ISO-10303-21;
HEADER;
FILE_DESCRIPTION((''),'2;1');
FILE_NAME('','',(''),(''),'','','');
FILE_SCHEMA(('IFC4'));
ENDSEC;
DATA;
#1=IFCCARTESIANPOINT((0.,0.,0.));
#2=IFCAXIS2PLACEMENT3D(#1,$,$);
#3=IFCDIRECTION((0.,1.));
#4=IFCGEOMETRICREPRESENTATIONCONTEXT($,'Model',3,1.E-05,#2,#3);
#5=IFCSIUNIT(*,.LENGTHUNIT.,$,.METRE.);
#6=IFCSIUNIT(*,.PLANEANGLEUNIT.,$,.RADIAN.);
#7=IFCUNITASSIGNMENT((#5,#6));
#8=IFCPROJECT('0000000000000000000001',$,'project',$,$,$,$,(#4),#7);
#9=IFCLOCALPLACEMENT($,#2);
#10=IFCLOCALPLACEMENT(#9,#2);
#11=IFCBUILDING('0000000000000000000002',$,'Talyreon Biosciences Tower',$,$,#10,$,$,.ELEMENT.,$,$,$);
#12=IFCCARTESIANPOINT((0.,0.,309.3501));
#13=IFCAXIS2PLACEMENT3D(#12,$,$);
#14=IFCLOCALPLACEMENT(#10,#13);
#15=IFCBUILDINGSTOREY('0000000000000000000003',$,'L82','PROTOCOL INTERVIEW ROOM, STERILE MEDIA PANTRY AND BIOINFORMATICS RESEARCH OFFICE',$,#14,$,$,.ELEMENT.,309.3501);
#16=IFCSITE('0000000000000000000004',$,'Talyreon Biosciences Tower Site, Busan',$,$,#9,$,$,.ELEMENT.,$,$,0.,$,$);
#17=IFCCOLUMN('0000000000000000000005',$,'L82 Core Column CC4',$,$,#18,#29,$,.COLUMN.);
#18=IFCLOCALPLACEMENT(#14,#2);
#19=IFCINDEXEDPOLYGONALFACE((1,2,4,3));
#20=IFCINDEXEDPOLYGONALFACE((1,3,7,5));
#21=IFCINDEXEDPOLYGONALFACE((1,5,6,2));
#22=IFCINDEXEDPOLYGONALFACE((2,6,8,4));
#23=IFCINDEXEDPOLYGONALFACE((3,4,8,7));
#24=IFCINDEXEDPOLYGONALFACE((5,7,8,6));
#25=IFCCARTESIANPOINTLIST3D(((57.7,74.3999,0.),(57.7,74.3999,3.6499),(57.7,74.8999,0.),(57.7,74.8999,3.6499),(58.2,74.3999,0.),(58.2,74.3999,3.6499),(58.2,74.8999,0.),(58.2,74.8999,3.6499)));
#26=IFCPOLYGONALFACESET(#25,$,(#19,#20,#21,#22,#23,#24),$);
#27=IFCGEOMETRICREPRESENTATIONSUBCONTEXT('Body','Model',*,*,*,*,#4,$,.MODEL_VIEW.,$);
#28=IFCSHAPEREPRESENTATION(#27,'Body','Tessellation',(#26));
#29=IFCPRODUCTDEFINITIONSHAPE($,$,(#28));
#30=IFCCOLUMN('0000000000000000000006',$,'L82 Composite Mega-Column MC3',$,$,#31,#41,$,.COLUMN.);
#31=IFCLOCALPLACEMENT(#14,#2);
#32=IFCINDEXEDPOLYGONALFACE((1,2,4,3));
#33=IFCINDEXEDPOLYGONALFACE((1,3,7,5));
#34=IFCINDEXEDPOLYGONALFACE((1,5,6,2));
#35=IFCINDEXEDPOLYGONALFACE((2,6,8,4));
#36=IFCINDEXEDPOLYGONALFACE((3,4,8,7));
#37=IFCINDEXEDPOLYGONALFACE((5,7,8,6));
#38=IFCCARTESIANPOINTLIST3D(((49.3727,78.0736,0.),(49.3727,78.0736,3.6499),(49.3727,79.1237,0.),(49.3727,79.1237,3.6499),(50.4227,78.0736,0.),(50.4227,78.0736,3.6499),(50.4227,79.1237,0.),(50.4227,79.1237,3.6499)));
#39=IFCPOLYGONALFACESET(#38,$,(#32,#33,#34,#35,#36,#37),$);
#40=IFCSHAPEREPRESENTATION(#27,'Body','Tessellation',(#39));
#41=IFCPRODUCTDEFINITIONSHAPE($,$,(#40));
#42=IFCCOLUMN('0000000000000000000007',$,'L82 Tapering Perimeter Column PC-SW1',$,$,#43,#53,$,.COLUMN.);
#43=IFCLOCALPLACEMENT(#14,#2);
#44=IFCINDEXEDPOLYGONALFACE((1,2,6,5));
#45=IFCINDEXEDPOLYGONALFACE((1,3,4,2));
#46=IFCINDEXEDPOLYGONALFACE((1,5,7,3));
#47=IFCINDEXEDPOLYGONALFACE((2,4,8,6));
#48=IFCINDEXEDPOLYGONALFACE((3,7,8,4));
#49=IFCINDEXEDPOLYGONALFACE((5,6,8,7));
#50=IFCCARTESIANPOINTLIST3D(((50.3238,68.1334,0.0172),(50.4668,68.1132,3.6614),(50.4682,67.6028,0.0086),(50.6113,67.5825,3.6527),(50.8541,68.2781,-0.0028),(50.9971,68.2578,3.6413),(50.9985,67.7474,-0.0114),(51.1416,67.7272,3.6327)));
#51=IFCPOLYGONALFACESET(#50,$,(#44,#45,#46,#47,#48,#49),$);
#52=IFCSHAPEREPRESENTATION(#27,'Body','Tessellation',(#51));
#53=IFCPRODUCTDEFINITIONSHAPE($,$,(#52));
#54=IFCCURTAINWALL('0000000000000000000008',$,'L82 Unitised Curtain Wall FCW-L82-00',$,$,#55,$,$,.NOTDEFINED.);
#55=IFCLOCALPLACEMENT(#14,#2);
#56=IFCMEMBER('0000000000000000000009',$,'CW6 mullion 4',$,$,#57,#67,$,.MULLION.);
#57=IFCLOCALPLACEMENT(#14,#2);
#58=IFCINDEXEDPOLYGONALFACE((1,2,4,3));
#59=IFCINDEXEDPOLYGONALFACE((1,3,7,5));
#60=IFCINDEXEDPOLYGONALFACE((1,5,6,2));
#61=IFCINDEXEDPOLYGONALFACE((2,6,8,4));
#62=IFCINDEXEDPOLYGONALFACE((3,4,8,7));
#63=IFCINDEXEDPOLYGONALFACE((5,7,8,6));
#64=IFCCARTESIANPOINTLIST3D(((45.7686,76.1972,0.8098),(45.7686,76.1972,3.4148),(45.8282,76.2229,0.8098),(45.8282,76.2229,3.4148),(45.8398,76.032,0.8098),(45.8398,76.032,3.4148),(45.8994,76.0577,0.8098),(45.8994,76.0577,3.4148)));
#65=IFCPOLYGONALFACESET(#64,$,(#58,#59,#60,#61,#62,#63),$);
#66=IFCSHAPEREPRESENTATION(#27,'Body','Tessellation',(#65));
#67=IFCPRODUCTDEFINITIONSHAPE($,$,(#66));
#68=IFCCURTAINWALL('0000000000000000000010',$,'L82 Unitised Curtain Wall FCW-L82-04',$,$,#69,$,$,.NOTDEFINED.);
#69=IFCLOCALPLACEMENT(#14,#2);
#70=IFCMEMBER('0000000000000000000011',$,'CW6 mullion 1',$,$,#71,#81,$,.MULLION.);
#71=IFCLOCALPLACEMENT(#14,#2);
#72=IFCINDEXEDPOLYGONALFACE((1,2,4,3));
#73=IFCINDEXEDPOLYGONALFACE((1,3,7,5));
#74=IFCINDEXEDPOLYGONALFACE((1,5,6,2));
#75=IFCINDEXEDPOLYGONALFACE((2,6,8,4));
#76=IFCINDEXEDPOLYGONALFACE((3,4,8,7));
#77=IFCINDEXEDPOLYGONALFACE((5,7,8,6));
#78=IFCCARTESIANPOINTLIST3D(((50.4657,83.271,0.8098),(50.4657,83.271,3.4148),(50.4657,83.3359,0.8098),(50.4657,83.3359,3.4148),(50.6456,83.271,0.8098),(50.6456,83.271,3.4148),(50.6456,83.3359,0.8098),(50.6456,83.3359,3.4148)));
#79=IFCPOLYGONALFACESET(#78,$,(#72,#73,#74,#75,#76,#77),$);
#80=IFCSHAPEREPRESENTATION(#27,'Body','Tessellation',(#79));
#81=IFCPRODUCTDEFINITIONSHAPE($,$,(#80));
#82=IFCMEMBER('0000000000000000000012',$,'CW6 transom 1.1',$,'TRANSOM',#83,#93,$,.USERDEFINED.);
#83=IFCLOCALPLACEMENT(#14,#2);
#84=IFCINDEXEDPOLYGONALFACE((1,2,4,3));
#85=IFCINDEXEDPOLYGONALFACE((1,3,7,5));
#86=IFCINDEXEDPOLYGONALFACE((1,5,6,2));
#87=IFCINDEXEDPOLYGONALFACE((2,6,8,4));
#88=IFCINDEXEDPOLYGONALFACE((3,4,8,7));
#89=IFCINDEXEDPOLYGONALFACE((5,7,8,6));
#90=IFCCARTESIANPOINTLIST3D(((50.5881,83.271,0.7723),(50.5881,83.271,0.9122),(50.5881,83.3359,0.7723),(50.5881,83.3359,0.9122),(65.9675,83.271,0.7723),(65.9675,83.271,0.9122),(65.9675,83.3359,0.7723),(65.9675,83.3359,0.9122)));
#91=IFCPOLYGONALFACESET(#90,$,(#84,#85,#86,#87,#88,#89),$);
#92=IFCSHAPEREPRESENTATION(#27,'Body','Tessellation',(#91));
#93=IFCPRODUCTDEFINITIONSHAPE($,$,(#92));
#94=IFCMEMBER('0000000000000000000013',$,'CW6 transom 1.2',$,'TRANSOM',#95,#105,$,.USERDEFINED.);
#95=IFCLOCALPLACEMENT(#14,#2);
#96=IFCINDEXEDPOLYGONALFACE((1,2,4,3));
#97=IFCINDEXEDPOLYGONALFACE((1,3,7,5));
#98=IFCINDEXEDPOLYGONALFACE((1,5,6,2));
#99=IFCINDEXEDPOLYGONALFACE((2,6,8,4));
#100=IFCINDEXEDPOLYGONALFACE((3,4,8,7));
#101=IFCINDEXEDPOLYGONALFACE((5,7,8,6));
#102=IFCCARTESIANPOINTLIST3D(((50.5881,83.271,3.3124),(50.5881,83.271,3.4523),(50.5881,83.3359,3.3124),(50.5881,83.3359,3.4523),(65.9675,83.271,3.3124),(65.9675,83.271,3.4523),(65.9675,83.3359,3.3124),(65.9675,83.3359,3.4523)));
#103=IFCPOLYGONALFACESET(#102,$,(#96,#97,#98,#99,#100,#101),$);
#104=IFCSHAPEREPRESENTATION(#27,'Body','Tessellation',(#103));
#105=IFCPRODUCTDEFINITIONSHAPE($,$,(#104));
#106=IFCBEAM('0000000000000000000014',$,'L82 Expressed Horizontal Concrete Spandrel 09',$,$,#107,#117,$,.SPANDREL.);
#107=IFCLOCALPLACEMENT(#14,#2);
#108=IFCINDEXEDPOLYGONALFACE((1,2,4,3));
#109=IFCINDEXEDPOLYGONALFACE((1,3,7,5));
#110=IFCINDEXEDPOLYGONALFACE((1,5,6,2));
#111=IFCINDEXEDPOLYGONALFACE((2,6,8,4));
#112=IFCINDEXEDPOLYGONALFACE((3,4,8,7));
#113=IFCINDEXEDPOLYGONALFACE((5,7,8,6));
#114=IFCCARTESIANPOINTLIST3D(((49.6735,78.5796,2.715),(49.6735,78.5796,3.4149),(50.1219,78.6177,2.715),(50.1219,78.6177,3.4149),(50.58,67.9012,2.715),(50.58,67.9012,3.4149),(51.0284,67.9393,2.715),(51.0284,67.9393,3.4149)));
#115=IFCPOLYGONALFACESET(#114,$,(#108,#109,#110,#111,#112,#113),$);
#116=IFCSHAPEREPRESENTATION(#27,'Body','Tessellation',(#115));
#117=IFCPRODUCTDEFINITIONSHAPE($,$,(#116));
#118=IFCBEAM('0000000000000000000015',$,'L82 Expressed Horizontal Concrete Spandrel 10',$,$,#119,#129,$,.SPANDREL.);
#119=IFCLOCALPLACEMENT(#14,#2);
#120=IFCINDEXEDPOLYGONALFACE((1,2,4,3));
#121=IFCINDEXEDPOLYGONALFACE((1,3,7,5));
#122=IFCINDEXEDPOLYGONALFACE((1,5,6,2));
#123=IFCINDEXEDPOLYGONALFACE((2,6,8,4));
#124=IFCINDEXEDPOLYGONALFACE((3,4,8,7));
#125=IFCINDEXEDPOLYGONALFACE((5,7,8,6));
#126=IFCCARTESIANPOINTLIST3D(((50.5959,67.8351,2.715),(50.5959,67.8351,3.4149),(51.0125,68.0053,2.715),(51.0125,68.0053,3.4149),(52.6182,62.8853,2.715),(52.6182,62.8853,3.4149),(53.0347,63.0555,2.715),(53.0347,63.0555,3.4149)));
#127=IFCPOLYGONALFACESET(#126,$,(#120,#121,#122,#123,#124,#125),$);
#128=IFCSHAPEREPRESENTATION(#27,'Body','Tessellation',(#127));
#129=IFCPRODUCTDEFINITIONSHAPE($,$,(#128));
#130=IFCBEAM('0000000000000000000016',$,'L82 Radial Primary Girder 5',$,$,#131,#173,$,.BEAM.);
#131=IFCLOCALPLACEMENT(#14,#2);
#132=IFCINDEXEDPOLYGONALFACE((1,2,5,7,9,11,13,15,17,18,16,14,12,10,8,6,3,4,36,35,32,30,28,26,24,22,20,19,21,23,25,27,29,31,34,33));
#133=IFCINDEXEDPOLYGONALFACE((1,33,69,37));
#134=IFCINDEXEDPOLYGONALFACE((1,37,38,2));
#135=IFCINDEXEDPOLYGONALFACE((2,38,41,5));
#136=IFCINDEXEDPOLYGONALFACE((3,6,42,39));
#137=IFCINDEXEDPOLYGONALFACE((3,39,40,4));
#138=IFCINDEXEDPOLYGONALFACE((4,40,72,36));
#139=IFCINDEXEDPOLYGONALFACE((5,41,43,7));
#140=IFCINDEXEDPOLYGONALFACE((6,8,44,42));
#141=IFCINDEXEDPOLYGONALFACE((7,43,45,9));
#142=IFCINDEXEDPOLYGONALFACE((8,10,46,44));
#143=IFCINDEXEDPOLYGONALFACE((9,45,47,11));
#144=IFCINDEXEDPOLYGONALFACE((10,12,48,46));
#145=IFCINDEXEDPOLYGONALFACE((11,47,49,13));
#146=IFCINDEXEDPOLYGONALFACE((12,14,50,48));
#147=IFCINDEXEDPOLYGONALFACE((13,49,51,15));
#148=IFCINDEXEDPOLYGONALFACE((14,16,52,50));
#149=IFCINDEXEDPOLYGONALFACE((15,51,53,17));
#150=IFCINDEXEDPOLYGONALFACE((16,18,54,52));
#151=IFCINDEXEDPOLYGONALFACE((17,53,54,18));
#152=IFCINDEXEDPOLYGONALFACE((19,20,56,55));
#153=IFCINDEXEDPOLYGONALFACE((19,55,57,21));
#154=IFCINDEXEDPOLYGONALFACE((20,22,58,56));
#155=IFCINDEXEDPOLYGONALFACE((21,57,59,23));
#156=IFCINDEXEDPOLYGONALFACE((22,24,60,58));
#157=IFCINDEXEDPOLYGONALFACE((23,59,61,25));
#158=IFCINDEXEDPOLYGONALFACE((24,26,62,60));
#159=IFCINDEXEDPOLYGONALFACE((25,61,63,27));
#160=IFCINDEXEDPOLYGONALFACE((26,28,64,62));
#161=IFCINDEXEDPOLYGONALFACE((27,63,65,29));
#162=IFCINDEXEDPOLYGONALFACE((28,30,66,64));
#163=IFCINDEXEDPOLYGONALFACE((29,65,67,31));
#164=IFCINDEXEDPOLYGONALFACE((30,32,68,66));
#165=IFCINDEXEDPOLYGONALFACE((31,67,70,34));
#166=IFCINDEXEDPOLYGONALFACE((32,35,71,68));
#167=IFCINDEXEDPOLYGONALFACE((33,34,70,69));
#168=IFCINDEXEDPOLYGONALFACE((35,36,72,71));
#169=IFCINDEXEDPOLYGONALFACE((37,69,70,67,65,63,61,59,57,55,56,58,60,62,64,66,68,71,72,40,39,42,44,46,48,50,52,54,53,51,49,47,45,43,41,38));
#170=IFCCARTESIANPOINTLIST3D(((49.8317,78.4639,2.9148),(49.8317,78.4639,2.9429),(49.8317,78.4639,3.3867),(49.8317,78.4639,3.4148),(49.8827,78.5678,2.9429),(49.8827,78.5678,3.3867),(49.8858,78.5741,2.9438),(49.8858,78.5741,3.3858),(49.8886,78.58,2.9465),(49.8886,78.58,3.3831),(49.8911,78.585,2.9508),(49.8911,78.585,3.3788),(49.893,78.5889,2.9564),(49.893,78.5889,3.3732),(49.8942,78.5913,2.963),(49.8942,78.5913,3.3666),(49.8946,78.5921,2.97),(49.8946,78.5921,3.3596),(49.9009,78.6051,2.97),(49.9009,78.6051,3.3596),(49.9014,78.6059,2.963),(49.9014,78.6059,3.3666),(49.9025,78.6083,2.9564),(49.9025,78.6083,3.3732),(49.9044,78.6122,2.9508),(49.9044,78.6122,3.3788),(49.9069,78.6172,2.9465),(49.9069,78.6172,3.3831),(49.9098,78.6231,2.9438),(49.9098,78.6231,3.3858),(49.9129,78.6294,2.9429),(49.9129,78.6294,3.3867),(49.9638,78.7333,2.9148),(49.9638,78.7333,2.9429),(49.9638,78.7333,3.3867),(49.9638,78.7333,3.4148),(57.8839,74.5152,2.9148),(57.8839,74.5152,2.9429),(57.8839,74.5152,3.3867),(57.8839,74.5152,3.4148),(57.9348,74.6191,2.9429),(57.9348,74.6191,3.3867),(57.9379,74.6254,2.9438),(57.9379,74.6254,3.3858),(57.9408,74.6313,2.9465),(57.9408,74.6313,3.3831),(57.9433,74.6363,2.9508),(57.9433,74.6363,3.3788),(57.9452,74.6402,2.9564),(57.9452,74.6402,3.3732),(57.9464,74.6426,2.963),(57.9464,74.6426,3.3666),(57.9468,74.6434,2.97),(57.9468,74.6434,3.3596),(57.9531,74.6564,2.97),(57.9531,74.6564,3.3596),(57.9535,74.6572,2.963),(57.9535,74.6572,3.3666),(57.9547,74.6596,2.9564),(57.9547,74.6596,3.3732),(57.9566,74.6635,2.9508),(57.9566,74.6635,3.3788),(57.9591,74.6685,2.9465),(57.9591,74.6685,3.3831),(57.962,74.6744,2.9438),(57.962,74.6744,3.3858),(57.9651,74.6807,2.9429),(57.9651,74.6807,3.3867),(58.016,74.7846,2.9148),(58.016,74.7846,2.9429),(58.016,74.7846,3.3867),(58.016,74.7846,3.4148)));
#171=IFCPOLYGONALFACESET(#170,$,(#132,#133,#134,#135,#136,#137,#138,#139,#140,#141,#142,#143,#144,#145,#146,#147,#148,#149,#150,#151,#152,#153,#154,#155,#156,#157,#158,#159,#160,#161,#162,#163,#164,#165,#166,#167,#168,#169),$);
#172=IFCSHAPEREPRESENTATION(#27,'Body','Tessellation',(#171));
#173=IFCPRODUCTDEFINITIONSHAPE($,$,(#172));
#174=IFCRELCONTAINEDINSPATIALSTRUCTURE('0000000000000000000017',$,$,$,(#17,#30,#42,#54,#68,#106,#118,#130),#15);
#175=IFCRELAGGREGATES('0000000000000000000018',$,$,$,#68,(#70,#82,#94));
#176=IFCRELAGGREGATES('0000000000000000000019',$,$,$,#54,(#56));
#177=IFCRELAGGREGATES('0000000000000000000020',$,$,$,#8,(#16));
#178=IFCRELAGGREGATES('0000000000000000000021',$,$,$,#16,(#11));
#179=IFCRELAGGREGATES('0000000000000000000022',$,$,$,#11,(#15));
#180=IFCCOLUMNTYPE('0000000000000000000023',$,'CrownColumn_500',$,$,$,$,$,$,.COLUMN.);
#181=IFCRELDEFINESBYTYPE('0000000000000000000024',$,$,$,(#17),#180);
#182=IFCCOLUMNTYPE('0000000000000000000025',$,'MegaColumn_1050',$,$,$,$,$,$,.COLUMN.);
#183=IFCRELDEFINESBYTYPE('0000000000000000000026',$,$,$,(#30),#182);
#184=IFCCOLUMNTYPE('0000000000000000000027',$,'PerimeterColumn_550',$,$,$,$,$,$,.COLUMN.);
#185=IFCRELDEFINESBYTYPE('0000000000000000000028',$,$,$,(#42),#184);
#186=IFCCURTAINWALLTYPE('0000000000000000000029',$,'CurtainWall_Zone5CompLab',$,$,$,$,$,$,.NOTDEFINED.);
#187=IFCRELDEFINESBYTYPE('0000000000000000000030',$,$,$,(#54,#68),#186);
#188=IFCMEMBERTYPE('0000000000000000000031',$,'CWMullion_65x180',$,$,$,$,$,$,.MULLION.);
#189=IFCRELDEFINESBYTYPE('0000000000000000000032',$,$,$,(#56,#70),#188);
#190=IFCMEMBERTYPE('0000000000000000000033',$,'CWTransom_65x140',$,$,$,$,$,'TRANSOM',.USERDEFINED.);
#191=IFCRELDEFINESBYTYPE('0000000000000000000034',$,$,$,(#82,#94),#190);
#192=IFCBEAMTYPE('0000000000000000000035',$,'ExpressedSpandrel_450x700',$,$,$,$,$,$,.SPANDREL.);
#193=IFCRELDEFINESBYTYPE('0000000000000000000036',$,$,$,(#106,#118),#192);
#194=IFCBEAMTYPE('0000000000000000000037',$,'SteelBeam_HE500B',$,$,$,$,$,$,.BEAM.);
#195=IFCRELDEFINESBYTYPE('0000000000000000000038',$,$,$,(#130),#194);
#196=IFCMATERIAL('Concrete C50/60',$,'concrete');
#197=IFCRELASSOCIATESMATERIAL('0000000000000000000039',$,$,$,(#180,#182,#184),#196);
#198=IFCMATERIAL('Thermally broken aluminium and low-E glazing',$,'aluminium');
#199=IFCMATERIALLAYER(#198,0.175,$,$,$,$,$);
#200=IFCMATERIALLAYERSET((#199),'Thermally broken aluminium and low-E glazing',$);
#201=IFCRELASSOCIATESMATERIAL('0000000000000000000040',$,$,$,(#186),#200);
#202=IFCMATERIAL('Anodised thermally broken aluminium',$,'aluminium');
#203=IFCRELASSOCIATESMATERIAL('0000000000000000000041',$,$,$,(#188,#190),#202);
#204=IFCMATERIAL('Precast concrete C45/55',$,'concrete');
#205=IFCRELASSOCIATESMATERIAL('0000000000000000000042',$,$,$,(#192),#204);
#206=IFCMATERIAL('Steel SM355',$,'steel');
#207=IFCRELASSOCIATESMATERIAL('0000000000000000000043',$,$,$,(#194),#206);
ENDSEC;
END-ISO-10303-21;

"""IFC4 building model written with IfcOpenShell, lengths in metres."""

from ifc_helpers import new_model, si_unit, direction, frame, origin, origin_2d, place, context, subcontext, project, spatial, rectangle, i_section, extrude, material, layer, layer_set, material_profile, profile_set, type_object, element, aggregate, save


model = new_model("IFC4")

# Units and contexts
model_context = context("Model", 3, precision=1e-05, world=origin(), true_north=direction((0.0, 1.0)))
body_context = subcontext(model_context, "Body", "Model", "MODEL_VIEW")
ifc_project = project(units=[si_unit("LENGTHUNIT", "METRE"), si_unit("PLANEANGLEUNIT", "RADIAN")], contexts=[model_context])

# Site, building, storey
site_placement = place(None, origin())
site = spatial("IfcSite", under=ifc_project, at=site_placement, Name="Talyreon Biosciences Tower Site, Busan", CompositionType="ELEMENT", RefElevation=0.0)
building_placement = place(site_placement, origin())
building = spatial("IfcBuilding", under=site, at=building_placement, Name="Talyreon Biosciences Tower", CompositionType="ELEMENT")
storey_placement = place(building_placement, frame((0.0, 0.0, 309.3501)))
storey = spatial("IfcBuildingStorey", under=building, at=storey_placement, Name="L82", Description="PROTOCOL INTERVIEW ROOM, STERILE MEDIA PANTRY AND BIOINFORMATICS RESEARCH OFFICE", CompositionType="ELEMENT", Elevation=309.3501)

# Columns
ifc_material_1 = material(Name="Concrete C50/60", Category="concrete")
ifc_material_profile_1 = material_profile(ifc_material_1, rectangle(XDim=0.5, YDim=0.5, at=origin_2d()), Name="RC 500x500")
ifc_profile_set_1 = profile_set([ifc_material_profile_1], Name="Concrete C50/60")
column_type_1 = type_object("IfcColumnType", Name="CrownColumn_500", PredefinedType="COLUMN", material=ifc_profile_set_1)
column_1_placement = place(storey_placement, frame((57.95, 74.6499, 0.0), z_axis=(0.0, 0.0, 1.0), x_axis=(1.0, 0.0, 0.0)))
element("IfcColumn", 1, at=column_1_placement, inside=storey, type_object=column_type_1, Name="L82 Core Column CC4", PredefinedType="COLUMN", context=body_context, shape_type="SweptSolid", body=[
    extrude(rectangle(XDim=0.5, YDim=0.5, at=origin_2d()), origin(), (0.0, 0.0, 1.0), 3.6499),
])
ifc_material_profile_2 = material_profile(ifc_material_1, rectangle(XDim=1.05, YDim=1.05, at=origin_2d()), Name="RC 1050x1050")
ifc_profile_set_2 = profile_set([ifc_material_profile_2], Name="Concrete C50/60")
column_type_2 = type_object("IfcColumnType", Name="MegaColumn_1050", PredefinedType="COLUMN", material=ifc_profile_set_2)
column_2_placement = place(storey_placement, frame((49.8977, 78.5986, 0.0), z_axis=(0.0, 0.0, 1.0), x_axis=(1.0, 0.0, 0.0)))
element("IfcColumn", 2, at=column_2_placement, inside=storey, type_object=column_type_2, Name="L82 Composite Mega-Column MC3", PredefinedType="COLUMN", context=body_context, shape_type="SweptSolid", body=[
    extrude(rectangle(XDim=1.05, YDim=1.05, at=origin_2d()), origin(), (0.0, 0.0, 1.0), 3.6499),
])
ifc_material_profile_3 = material_profile(ifc_material_1, rectangle(XDim=0.55, YDim=0.55, at=origin_2d()), Name="RC 550x550")
ifc_profile_set_3 = profile_set([ifc_material_profile_3], Name="Concrete C50/60")
column_type_3 = type_object("IfcColumnType", Name="PerimeterColumn_550", PredefinedType="COLUMN", material=ifc_profile_set_3)
column_3_placement = place(storey_placement, frame((50.6611, 67.9404, 0.0029), z_axis=(0.03923, -0.005556, 0.999215), x_axis=(0.964113, 0.262987, -0.036389)))
element("IfcColumn", 3, at=column_3_placement, inside=storey, type_object=column_type_3, Name="L82 Tapering Perimeter Column PC-SW1", PredefinedType="COLUMN", context=body_context, shape_type="SweptSolid", body=[
    extrude(rectangle(XDim=0.55, YDim=0.55, at=origin_2d()), origin(), (0.0, 0.0, 1.0), 3.647),
])

# Curtain wall, member
ifc_material_2 = material(Name="Thermally broken aluminium and low-E glazing", Category="aluminium")
ifc_layer_1 = layer(ifc_material_2, 0.175)
ifc_layer_set_1 = layer_set([ifc_layer_1], Name="Thermally broken aluminium and low-E glazing")
curtain_wall_type = type_object("IfcCurtainWallType", Name="CurtainWall_Zone5CompLab", PredefinedType="NOTDEFINED", material=ifc_layer_set_1)
curtain_wall_1_placement = place(storey_placement, origin())
curtain_wall_1 = element("IfcCurtainWall", 4, at=curtain_wall_1_placement, inside=storey, type_object=curtain_wall_type, Name="L82 Unitised Curtain Wall FCW-L82-00", PredefinedType="NOTDEFINED")
ifc_material_3 = material(Name="Anodised thermally broken aluminium", Category="aluminium")
ifc_material_profile_4 = material_profile(ifc_material_3, rectangle(XDim=0.0649, YDim=0.1799, at=origin_2d()), Name="ALUM MULLION 65x180")
ifc_profile_set_4 = profile_set([ifc_material_profile_4], Name="Anodised thermally broken aluminium")
member_type_1 = type_object("IfcMemberType", Name="CWMullion_65x180", PredefinedType="MULLION", material=ifc_profile_set_4)
member_1_placement = place(storey_placement, frame((45.834, 76.1274, 0.8098), z_axis=(0.0, 0.0, 1.0), x_axis=(-0.918363, -0.395738, 0.0)))
member_1 = element("IfcMember", 5, at=member_1_placement, type_object=member_type_1, Name="CW6 mullion 4", PredefinedType="MULLION", context=body_context, shape_type="SweptSolid", body=[
    extrude(rectangle(XDim=0.0649, YDim=0.1799, at=origin_2d()), origin(), (0.0, 0.0, 1.0), 2.605),
])

# Curtain wall, members
curtain_wall_2_placement = place(storey_placement, origin())
curtain_wall_2 = element("IfcCurtainWall", 6, at=curtain_wall_2_placement, inside=storey, type_object=curtain_wall_type, Name="L82 Unitised Curtain Wall FCW-L82-04", PredefinedType="NOTDEFINED")
member_2_placement = place(storey_placement, frame((50.5557, 83.3035, 0.8098), z_axis=(0.0, 0.0, 1.0), x_axis=(0.0, 1.0, 0.0)))
member_2 = element("IfcMember", 7, at=member_2_placement, type_object=member_type_1, Name="CW6 mullion 1", PredefinedType="MULLION", context=body_context, shape_type="SweptSolid", body=[
    extrude(rectangle(XDim=0.0649, YDim=0.1799, at=origin_2d()), origin(), (0.0, 0.0, 1.0), 2.605),
])
ifc_material_profile_5 = material_profile(ifc_material_3, rectangle(XDim=0.0649, YDim=0.1399, at=origin_2d()), Name="ALUM TRANSOM 65x140")
ifc_profile_set_5 = profile_set([ifc_material_profile_5], Name="Anodised thermally broken aluminium")
member_type_2 = type_object("IfcMemberType", Name="CWTransom_65x140", ElementType="TRANSOM", PredefinedType="USERDEFINED", material=ifc_profile_set_5)
member_3_placement = place(storey_placement, frame((50.5881, 83.3035, 0.8423), z_axis=(1.0, 0.0, 0.0), x_axis=(0.0, 1.0, 0.0)))
member_3 = element("IfcMember", 8, at=member_3_placement, type_object=member_type_2, Name="CW6 transom 1.1", ObjectType="TRANSOM", PredefinedType="USERDEFINED", context=body_context, shape_type="SweptSolid", body=[
    extrude(rectangle(XDim=0.0649, YDim=0.1399, at=origin_2d()), origin(), (0.0, 0.0, 1.0), 15.3794),
])
member_4_placement = place(storey_placement, frame((50.5881, 83.3035, 3.3823), z_axis=(1.0, 0.0, 0.0), x_axis=(0.0, 1.0, 0.0)))
member_4 = element("IfcMember", 9, at=member_4_placement, type_object=member_type_2, Name="CW6 transom 1.2", ObjectType="TRANSOM", PredefinedType="USERDEFINED", context=body_context, shape_type="SweptSolid", body=[
    extrude(rectangle(XDim=0.0649, YDim=0.1399, at=origin_2d()), origin(), (0.0, 0.0, 1.0), 15.3794),
])
aggregate(curtain_wall_2, [member_2, member_3, member_4])

# Beams
ifc_material_4 = material(Name="Precast concrete C45/55", Category="concrete")
ifc_material_profile_6 = material_profile(ifc_material_4, rectangle(XDim=0.45, YDim=0.7, at=origin_2d()), Name="RCB 450x700")
ifc_profile_set_6 = profile_set([ifc_material_profile_6], Name="Precast concrete C45/55")
beam_type_1 = type_object("IfcBeamType", Name="ExpressedSpandrel_450x700", PredefinedType="SPANDREL", material=ifc_profile_set_6)
beam_1_placement = place(storey_placement, frame((49.8977, 78.5986, 3.0649), z_axis=(0.084586, -0.996416, 0.0), x_axis=(0.996416, 0.084586, 0.0)))
element("IfcBeam", 10, at=beam_1_placement, inside=storey, type_object=beam_type_1, Name="L82 Expressed Horizontal Concrete Spandrel 09", PredefinedType="SPANDREL", context=body_context, shape_type="SweptSolid", body=[
    extrude(rectangle(XDim=0.45, YDim=0.7, at=origin_2d()), origin(), (0.0, 0.0, 1.0), 10.7168),
])
beam_2_placement = place(storey_placement, frame((50.8042, 67.9202, 3.0649), z_axis=(0.378206, -0.925721, 0.0), x_axis=(0.925721, 0.378206, 0.0)))
element("IfcBeam", 11, at=beam_2_placement, inside=storey, type_object=beam_type_1, Name="L82 Expressed Horizontal Concrete Spandrel 10", PredefinedType="SPANDREL", context=body_context, shape_type="SweptSolid", body=[
    extrude(rectangle(XDim=0.45, YDim=0.7, at=origin_2d()), origin(), (0.0, 0.0, 1.0), 5.3469),
])
ifc_material_5 = material(Name="Steel SM355", Category="steel")
ifc_material_profile_7 = material_profile(ifc_material_5, i_section(OverallWidth=0.3, OverallDepth=0.5, WebThickness=0.0144, FlangeThickness=0.0281, FilletRadius=0.0271, at=origin_2d()), Name="HE500B")
ifc_profile_set_7 = profile_set([ifc_material_profile_7], Name="Steel SM355")
beam_type_2 = type_object("IfcBeamType", Name="SteelBeam_HE500B", PredefinedType="BEAM", material=ifc_profile_set_7)
beam_3_placement = place(storey_placement, frame((57.95, 74.6499, 3.1648), z_axis=(-0.897852, 0.440297, 0.0), x_axis=(-0.440297, -0.897852, 0.0)))
element("IfcBeam", 12, at=beam_3_placement, inside=storey, type_object=beam_type_2, Name="L82 Radial Primary Girder 5", PredefinedType="BEAM", context=body_context, shape_type="SweptSolid", body=[
    extrude(i_section(OverallWidth=0.3, OverallDepth=0.5, WebThickness=0.0144, FlangeThickness=0.0281, FilletRadius=0.0271, at=origin_2d()), origin(), (0.0, 0.0, 1.0), 8.9683),
])

aggregate(curtain_wall_1, [member_1])

save(model, "model.ifc")
